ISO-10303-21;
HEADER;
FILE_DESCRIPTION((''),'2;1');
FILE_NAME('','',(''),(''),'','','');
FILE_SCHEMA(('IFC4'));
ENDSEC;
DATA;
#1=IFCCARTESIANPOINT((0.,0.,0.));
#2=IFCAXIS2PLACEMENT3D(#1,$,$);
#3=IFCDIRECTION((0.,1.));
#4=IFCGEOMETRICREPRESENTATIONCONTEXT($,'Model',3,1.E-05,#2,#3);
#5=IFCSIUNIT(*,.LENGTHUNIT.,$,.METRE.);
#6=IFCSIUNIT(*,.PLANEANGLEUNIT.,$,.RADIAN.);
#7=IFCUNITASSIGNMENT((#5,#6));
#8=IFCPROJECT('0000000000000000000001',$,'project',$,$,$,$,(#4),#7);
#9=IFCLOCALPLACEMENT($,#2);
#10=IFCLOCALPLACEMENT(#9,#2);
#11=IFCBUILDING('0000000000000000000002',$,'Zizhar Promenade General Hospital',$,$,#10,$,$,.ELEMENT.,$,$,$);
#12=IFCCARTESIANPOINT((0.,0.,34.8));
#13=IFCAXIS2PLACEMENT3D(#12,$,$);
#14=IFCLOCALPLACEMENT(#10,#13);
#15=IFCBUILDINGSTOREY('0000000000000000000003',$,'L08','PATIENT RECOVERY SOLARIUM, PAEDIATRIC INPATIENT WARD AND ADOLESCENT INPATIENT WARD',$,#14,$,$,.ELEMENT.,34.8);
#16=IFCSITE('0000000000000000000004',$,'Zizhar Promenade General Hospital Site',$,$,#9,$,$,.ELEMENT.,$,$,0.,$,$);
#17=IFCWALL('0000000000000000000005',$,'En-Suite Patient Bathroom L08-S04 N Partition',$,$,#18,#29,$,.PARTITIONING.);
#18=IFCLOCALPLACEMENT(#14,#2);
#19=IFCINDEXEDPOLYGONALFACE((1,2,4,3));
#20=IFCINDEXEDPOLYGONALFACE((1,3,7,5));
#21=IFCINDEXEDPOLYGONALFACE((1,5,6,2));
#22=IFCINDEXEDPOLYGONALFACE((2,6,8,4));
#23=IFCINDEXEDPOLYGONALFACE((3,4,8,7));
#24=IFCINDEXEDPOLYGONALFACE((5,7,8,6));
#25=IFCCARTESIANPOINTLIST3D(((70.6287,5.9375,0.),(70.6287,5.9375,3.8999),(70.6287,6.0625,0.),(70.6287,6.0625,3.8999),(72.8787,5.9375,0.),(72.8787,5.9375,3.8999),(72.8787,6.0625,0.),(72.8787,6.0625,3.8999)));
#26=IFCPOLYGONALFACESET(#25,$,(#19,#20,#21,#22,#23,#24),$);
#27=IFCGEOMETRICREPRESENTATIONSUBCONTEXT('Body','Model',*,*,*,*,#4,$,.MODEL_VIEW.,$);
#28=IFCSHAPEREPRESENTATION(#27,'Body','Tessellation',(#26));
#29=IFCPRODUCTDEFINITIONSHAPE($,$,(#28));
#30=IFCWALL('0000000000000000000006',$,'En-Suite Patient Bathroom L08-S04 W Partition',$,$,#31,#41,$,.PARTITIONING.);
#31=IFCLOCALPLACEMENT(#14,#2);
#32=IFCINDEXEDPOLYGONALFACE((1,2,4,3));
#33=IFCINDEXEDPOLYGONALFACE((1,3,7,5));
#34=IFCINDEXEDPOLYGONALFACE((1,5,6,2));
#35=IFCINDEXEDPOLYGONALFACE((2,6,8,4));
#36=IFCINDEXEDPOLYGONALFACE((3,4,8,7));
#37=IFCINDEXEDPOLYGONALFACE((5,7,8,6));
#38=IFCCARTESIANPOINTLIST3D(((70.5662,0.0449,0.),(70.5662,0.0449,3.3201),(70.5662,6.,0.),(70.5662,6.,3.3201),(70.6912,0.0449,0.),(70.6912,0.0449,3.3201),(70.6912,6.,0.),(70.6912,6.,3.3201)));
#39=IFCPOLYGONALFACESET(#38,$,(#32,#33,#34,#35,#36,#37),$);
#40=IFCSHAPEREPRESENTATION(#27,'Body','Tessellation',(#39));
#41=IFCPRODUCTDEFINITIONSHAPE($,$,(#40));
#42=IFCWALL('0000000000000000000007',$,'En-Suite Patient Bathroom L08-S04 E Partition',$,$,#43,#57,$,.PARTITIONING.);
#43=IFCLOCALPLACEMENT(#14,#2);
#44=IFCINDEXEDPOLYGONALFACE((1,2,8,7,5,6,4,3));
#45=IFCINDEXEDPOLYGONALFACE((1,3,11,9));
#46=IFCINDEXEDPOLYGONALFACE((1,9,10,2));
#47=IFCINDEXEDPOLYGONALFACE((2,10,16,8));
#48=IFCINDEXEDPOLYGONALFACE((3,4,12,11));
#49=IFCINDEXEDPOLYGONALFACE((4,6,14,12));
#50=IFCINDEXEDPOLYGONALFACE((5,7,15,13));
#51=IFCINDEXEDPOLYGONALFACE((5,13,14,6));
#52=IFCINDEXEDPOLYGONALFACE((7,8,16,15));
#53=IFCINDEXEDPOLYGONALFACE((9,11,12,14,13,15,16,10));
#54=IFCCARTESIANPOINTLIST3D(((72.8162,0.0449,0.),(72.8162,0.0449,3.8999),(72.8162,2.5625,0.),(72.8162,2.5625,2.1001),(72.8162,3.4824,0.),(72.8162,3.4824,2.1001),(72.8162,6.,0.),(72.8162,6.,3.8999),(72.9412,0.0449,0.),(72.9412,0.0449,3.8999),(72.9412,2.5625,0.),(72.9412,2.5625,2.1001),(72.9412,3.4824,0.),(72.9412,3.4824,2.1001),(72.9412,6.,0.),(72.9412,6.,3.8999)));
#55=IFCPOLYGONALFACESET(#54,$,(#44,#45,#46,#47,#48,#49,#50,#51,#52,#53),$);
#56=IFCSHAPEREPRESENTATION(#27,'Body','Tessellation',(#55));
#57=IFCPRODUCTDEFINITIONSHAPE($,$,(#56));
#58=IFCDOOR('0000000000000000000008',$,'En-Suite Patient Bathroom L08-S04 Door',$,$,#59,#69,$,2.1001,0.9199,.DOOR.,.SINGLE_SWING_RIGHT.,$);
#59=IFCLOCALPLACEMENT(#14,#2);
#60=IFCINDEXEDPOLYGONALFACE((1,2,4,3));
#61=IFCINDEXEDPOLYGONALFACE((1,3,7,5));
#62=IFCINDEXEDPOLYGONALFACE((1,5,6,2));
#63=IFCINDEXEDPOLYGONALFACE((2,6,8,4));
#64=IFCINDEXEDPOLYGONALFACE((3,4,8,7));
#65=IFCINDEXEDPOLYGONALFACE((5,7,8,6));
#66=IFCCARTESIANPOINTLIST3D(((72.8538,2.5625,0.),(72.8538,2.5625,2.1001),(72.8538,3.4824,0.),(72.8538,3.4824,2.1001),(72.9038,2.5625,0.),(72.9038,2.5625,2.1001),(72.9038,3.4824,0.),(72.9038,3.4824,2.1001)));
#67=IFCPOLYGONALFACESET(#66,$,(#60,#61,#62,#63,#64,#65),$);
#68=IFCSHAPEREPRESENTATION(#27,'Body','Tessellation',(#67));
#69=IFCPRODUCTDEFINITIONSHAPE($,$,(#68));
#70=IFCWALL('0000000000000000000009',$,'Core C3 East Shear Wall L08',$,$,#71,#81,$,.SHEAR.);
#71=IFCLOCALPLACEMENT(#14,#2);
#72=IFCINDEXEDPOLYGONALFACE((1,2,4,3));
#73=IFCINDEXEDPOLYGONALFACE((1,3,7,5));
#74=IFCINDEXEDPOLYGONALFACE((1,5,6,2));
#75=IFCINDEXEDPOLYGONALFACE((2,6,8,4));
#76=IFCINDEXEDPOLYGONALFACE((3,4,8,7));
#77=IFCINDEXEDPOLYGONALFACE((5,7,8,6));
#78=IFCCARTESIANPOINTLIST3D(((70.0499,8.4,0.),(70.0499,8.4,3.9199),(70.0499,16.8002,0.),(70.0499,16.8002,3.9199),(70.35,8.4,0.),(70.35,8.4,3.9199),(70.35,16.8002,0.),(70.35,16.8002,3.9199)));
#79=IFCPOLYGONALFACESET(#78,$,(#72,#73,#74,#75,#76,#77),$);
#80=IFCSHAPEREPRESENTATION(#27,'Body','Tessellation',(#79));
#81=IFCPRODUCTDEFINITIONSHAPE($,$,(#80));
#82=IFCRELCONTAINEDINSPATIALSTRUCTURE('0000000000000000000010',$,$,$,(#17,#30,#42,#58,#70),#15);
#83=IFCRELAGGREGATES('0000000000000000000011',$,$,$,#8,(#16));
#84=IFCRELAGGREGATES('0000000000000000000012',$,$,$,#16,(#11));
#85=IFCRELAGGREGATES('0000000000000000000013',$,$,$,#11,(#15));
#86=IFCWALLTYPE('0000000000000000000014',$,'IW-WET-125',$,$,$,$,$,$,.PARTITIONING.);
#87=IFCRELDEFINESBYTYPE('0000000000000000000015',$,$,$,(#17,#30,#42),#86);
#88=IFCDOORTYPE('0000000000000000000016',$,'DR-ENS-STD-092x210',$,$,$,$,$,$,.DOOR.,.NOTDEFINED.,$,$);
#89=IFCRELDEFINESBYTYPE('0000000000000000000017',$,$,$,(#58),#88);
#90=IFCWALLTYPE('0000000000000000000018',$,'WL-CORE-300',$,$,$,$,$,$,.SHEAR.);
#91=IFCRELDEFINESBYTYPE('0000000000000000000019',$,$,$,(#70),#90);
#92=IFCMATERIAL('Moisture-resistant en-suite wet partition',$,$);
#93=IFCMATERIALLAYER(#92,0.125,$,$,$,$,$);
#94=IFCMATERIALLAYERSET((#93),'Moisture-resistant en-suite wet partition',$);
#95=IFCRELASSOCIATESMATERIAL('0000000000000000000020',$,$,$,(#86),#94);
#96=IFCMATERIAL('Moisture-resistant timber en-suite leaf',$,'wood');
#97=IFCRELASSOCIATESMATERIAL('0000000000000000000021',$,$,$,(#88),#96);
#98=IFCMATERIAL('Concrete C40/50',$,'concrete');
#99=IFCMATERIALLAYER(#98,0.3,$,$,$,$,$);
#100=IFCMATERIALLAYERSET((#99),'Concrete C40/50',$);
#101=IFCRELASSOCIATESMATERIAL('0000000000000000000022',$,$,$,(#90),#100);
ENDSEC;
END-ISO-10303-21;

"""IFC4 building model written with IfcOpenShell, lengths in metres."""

from ifc_helpers import new_model, si_unit, direction, frame, frame_2d, origin, place, context, subcontext, project, spatial, rectangle, extrude, material, layer, layer_set, type_object, element, fill, save


model = new_model("IFC4")

# Units and contexts
model_context = context("Model", 3, precision=1e-05, world=origin(), true_north=direction((0.0, 1.0)))
body_context = subcontext(model_context, "Body", "Model", "MODEL_VIEW")
ifc_project = project(units=[si_unit("LENGTHUNIT", "METRE"), si_unit("PLANEANGLEUNIT", "RADIAN")], contexts=[model_context])

# Site, building, storey
site_placement = place(None, origin())
site = spatial("IfcSite", under=ifc_project, at=site_placement, Name="Zizhar Promenade General Hospital Site", CompositionType="ELEMENT", RefElevation=0.0)
building_placement = place(site_placement, origin())
building = spatial("IfcBuilding", under=site, at=building_placement, Name="Zizhar Promenade General Hospital", CompositionType="ELEMENT")
storey_placement = place(building_placement, frame((0.0, 0.0, 34.8)))
storey = spatial("IfcBuildingStorey", under=building, at=storey_placement, Name="L08", Description="PATIENT RECOVERY SOLARIUM, PAEDIATRIC INPATIENT WARD AND ADOLESCENT INPATIENT WARD", CompositionType="ELEMENT", Elevation=34.8)

# Walls
ifc_material_1 = material(Name="Moisture-resistant en-suite wet partition")
ifc_layer_1 = layer(ifc_material_1, 0.125)
ifc_layer_set_1 = layer_set([ifc_layer_1], Name="Moisture-resistant en-suite wet partition")
wall_type_1 = type_object("IfcWallType", Name="IW-WET-125", PredefinedType="PARTITIONING", material=ifc_layer_set_1)
wall_1_placement = place(storey_placement, frame((70.6287, 6.0, 0.0), z_axis=(0.0, 0.0, 1.0), x_axis=(1.0, 0.0, 0.0)))
element("IfcWall", 1, at=wall_1_placement, inside=storey, type_object=wall_type_1, Name="En-Suite Patient Bathroom L08-S04 N Partition", PredefinedType="PARTITIONING", context=body_context, shape_type="SweptSolid", body=[
    extrude(rectangle(XDim=2.25, YDim=0.125, at=frame_2d((1.125, 0.0))), origin(), (0.0, 0.0, 1.0), 3.8999),
])
wall_2_placement = place(storey_placement, frame((70.6287, 0.0449, 0.0), z_axis=(0.0, 0.0, 1.0), x_axis=(0.0, 1.0, 0.0)))
element("IfcWall", 2, at=wall_2_placement, inside=storey, type_object=wall_type_1, Name="En-Suite Patient Bathroom L08-S04 W Partition", PredefinedType="PARTITIONING", context=body_context, shape_type="SweptSolid", body=[
    extrude(rectangle(XDim=5.9551, YDim=0.125, at=frame_2d((2.9775, 0.0))), origin(), (0.0, 0.0, 1.0), 3.3201),
])

# Wall, opening, door
wall_3_placement = place(storey_placement, frame((72.8787, 0.0449, 0.0), z_axis=(0.0, 0.0, 1.0), x_axis=(0.0, 1.0, 0.0)))
wall_3 = element("IfcWall", 3, at=wall_3_placement, inside=storey, type_object=wall_type_1, Name="En-Suite Patient Bathroom L08-S04 E Partition", PredefinedType="PARTITIONING", context=body_context, shape_type="SweptSolid", body=[
    extrude(rectangle(XDim=5.9551, YDim=0.125, at=frame_2d((2.9775, 0.0))), origin(), (0.0, 0.0, 1.0), 3.8999),
])
opening_1_placement = place(wall_3_placement, frame((2.5176, 0.0, 0.0)))
opening_1 = element("IfcOpeningElement", 4, at=opening_1_placement, cuts=wall_3, PredefinedType="OPENING", context=body_context, shape_type="SweptSolid", body=[
    extrude(rectangle(XDim=0.9199, YDim=2.1001, at=frame_2d((0.46, 1.05))), frame((0.0, 0.0725, 0.0), z_axis=(0.0, -1.0, 0.0), x_axis=(1.0, 0.0, 0.0)), (0.0, 0.0, 1.0), 0.145),
])
ifc_material_2 = material(Name="Moisture-resistant timber en-suite leaf", Category="wood")
door_type_1 = type_object("IfcDoorType", Name="DR-ENS-STD-092x210", OperationType="NOTDEFINED", PredefinedType="DOOR", material=ifc_material_2)
door_1_placement = place(opening_1_placement, origin())
door_1 = element("IfcDoor", 5, at=door_1_placement, inside=storey, type_object=door_type_1, Name="En-Suite Patient Bathroom L08-S04 Door", OperationType="SINGLE_SWING_RIGHT", OverallHeight=2.1001, OverallWidth=0.9199, PredefinedType="DOOR", context=body_context, shape_type="SweptSolid", body=[
    extrude(rectangle(XDim=0.9199, YDim=2.1001, at=frame_2d((0.46, 1.05))), frame((0.0, 0.0249, 0.0), z_axis=(0.0, -1.0, 0.0), x_axis=(1.0, 0.0, 0.0)), (0.0, 0.0, 1.0), 0.05),
])
fill(opening_1, door_1)

# Wall
ifc_material_3 = material(Name="Concrete C40/50", Category="concrete")
ifc_layer_2 = layer(ifc_material_3, 0.3)
ifc_layer_set_2 = layer_set([ifc_layer_2], Name="Concrete C40/50")
wall_type_2 = type_object("IfcWallType", Name="WL-CORE-300", PredefinedType="SHEAR", material=ifc_layer_set_2)
wall_4_placement = place(storey_placement, frame((70.2, 8.3999, 0.0), z_axis=(0.0, 0.0, 1.0), x_axis=(0.0, 1.0, 0.0)))
element("IfcWall", 6, at=wall_4_placement, inside=storey, type_object=wall_type_2, Name="Core C3 East Shear Wall L08", PredefinedType="SHEAR", context=body_context, shape_type="SweptSolid", body=[
    extrude(rectangle(XDim=8.4001, YDim=0.3, at=frame_2d((4.2002, 0.0))), origin(), (0.0, 0.0, 1.0), 3.9199),
])

save(model, "model.ifc")
